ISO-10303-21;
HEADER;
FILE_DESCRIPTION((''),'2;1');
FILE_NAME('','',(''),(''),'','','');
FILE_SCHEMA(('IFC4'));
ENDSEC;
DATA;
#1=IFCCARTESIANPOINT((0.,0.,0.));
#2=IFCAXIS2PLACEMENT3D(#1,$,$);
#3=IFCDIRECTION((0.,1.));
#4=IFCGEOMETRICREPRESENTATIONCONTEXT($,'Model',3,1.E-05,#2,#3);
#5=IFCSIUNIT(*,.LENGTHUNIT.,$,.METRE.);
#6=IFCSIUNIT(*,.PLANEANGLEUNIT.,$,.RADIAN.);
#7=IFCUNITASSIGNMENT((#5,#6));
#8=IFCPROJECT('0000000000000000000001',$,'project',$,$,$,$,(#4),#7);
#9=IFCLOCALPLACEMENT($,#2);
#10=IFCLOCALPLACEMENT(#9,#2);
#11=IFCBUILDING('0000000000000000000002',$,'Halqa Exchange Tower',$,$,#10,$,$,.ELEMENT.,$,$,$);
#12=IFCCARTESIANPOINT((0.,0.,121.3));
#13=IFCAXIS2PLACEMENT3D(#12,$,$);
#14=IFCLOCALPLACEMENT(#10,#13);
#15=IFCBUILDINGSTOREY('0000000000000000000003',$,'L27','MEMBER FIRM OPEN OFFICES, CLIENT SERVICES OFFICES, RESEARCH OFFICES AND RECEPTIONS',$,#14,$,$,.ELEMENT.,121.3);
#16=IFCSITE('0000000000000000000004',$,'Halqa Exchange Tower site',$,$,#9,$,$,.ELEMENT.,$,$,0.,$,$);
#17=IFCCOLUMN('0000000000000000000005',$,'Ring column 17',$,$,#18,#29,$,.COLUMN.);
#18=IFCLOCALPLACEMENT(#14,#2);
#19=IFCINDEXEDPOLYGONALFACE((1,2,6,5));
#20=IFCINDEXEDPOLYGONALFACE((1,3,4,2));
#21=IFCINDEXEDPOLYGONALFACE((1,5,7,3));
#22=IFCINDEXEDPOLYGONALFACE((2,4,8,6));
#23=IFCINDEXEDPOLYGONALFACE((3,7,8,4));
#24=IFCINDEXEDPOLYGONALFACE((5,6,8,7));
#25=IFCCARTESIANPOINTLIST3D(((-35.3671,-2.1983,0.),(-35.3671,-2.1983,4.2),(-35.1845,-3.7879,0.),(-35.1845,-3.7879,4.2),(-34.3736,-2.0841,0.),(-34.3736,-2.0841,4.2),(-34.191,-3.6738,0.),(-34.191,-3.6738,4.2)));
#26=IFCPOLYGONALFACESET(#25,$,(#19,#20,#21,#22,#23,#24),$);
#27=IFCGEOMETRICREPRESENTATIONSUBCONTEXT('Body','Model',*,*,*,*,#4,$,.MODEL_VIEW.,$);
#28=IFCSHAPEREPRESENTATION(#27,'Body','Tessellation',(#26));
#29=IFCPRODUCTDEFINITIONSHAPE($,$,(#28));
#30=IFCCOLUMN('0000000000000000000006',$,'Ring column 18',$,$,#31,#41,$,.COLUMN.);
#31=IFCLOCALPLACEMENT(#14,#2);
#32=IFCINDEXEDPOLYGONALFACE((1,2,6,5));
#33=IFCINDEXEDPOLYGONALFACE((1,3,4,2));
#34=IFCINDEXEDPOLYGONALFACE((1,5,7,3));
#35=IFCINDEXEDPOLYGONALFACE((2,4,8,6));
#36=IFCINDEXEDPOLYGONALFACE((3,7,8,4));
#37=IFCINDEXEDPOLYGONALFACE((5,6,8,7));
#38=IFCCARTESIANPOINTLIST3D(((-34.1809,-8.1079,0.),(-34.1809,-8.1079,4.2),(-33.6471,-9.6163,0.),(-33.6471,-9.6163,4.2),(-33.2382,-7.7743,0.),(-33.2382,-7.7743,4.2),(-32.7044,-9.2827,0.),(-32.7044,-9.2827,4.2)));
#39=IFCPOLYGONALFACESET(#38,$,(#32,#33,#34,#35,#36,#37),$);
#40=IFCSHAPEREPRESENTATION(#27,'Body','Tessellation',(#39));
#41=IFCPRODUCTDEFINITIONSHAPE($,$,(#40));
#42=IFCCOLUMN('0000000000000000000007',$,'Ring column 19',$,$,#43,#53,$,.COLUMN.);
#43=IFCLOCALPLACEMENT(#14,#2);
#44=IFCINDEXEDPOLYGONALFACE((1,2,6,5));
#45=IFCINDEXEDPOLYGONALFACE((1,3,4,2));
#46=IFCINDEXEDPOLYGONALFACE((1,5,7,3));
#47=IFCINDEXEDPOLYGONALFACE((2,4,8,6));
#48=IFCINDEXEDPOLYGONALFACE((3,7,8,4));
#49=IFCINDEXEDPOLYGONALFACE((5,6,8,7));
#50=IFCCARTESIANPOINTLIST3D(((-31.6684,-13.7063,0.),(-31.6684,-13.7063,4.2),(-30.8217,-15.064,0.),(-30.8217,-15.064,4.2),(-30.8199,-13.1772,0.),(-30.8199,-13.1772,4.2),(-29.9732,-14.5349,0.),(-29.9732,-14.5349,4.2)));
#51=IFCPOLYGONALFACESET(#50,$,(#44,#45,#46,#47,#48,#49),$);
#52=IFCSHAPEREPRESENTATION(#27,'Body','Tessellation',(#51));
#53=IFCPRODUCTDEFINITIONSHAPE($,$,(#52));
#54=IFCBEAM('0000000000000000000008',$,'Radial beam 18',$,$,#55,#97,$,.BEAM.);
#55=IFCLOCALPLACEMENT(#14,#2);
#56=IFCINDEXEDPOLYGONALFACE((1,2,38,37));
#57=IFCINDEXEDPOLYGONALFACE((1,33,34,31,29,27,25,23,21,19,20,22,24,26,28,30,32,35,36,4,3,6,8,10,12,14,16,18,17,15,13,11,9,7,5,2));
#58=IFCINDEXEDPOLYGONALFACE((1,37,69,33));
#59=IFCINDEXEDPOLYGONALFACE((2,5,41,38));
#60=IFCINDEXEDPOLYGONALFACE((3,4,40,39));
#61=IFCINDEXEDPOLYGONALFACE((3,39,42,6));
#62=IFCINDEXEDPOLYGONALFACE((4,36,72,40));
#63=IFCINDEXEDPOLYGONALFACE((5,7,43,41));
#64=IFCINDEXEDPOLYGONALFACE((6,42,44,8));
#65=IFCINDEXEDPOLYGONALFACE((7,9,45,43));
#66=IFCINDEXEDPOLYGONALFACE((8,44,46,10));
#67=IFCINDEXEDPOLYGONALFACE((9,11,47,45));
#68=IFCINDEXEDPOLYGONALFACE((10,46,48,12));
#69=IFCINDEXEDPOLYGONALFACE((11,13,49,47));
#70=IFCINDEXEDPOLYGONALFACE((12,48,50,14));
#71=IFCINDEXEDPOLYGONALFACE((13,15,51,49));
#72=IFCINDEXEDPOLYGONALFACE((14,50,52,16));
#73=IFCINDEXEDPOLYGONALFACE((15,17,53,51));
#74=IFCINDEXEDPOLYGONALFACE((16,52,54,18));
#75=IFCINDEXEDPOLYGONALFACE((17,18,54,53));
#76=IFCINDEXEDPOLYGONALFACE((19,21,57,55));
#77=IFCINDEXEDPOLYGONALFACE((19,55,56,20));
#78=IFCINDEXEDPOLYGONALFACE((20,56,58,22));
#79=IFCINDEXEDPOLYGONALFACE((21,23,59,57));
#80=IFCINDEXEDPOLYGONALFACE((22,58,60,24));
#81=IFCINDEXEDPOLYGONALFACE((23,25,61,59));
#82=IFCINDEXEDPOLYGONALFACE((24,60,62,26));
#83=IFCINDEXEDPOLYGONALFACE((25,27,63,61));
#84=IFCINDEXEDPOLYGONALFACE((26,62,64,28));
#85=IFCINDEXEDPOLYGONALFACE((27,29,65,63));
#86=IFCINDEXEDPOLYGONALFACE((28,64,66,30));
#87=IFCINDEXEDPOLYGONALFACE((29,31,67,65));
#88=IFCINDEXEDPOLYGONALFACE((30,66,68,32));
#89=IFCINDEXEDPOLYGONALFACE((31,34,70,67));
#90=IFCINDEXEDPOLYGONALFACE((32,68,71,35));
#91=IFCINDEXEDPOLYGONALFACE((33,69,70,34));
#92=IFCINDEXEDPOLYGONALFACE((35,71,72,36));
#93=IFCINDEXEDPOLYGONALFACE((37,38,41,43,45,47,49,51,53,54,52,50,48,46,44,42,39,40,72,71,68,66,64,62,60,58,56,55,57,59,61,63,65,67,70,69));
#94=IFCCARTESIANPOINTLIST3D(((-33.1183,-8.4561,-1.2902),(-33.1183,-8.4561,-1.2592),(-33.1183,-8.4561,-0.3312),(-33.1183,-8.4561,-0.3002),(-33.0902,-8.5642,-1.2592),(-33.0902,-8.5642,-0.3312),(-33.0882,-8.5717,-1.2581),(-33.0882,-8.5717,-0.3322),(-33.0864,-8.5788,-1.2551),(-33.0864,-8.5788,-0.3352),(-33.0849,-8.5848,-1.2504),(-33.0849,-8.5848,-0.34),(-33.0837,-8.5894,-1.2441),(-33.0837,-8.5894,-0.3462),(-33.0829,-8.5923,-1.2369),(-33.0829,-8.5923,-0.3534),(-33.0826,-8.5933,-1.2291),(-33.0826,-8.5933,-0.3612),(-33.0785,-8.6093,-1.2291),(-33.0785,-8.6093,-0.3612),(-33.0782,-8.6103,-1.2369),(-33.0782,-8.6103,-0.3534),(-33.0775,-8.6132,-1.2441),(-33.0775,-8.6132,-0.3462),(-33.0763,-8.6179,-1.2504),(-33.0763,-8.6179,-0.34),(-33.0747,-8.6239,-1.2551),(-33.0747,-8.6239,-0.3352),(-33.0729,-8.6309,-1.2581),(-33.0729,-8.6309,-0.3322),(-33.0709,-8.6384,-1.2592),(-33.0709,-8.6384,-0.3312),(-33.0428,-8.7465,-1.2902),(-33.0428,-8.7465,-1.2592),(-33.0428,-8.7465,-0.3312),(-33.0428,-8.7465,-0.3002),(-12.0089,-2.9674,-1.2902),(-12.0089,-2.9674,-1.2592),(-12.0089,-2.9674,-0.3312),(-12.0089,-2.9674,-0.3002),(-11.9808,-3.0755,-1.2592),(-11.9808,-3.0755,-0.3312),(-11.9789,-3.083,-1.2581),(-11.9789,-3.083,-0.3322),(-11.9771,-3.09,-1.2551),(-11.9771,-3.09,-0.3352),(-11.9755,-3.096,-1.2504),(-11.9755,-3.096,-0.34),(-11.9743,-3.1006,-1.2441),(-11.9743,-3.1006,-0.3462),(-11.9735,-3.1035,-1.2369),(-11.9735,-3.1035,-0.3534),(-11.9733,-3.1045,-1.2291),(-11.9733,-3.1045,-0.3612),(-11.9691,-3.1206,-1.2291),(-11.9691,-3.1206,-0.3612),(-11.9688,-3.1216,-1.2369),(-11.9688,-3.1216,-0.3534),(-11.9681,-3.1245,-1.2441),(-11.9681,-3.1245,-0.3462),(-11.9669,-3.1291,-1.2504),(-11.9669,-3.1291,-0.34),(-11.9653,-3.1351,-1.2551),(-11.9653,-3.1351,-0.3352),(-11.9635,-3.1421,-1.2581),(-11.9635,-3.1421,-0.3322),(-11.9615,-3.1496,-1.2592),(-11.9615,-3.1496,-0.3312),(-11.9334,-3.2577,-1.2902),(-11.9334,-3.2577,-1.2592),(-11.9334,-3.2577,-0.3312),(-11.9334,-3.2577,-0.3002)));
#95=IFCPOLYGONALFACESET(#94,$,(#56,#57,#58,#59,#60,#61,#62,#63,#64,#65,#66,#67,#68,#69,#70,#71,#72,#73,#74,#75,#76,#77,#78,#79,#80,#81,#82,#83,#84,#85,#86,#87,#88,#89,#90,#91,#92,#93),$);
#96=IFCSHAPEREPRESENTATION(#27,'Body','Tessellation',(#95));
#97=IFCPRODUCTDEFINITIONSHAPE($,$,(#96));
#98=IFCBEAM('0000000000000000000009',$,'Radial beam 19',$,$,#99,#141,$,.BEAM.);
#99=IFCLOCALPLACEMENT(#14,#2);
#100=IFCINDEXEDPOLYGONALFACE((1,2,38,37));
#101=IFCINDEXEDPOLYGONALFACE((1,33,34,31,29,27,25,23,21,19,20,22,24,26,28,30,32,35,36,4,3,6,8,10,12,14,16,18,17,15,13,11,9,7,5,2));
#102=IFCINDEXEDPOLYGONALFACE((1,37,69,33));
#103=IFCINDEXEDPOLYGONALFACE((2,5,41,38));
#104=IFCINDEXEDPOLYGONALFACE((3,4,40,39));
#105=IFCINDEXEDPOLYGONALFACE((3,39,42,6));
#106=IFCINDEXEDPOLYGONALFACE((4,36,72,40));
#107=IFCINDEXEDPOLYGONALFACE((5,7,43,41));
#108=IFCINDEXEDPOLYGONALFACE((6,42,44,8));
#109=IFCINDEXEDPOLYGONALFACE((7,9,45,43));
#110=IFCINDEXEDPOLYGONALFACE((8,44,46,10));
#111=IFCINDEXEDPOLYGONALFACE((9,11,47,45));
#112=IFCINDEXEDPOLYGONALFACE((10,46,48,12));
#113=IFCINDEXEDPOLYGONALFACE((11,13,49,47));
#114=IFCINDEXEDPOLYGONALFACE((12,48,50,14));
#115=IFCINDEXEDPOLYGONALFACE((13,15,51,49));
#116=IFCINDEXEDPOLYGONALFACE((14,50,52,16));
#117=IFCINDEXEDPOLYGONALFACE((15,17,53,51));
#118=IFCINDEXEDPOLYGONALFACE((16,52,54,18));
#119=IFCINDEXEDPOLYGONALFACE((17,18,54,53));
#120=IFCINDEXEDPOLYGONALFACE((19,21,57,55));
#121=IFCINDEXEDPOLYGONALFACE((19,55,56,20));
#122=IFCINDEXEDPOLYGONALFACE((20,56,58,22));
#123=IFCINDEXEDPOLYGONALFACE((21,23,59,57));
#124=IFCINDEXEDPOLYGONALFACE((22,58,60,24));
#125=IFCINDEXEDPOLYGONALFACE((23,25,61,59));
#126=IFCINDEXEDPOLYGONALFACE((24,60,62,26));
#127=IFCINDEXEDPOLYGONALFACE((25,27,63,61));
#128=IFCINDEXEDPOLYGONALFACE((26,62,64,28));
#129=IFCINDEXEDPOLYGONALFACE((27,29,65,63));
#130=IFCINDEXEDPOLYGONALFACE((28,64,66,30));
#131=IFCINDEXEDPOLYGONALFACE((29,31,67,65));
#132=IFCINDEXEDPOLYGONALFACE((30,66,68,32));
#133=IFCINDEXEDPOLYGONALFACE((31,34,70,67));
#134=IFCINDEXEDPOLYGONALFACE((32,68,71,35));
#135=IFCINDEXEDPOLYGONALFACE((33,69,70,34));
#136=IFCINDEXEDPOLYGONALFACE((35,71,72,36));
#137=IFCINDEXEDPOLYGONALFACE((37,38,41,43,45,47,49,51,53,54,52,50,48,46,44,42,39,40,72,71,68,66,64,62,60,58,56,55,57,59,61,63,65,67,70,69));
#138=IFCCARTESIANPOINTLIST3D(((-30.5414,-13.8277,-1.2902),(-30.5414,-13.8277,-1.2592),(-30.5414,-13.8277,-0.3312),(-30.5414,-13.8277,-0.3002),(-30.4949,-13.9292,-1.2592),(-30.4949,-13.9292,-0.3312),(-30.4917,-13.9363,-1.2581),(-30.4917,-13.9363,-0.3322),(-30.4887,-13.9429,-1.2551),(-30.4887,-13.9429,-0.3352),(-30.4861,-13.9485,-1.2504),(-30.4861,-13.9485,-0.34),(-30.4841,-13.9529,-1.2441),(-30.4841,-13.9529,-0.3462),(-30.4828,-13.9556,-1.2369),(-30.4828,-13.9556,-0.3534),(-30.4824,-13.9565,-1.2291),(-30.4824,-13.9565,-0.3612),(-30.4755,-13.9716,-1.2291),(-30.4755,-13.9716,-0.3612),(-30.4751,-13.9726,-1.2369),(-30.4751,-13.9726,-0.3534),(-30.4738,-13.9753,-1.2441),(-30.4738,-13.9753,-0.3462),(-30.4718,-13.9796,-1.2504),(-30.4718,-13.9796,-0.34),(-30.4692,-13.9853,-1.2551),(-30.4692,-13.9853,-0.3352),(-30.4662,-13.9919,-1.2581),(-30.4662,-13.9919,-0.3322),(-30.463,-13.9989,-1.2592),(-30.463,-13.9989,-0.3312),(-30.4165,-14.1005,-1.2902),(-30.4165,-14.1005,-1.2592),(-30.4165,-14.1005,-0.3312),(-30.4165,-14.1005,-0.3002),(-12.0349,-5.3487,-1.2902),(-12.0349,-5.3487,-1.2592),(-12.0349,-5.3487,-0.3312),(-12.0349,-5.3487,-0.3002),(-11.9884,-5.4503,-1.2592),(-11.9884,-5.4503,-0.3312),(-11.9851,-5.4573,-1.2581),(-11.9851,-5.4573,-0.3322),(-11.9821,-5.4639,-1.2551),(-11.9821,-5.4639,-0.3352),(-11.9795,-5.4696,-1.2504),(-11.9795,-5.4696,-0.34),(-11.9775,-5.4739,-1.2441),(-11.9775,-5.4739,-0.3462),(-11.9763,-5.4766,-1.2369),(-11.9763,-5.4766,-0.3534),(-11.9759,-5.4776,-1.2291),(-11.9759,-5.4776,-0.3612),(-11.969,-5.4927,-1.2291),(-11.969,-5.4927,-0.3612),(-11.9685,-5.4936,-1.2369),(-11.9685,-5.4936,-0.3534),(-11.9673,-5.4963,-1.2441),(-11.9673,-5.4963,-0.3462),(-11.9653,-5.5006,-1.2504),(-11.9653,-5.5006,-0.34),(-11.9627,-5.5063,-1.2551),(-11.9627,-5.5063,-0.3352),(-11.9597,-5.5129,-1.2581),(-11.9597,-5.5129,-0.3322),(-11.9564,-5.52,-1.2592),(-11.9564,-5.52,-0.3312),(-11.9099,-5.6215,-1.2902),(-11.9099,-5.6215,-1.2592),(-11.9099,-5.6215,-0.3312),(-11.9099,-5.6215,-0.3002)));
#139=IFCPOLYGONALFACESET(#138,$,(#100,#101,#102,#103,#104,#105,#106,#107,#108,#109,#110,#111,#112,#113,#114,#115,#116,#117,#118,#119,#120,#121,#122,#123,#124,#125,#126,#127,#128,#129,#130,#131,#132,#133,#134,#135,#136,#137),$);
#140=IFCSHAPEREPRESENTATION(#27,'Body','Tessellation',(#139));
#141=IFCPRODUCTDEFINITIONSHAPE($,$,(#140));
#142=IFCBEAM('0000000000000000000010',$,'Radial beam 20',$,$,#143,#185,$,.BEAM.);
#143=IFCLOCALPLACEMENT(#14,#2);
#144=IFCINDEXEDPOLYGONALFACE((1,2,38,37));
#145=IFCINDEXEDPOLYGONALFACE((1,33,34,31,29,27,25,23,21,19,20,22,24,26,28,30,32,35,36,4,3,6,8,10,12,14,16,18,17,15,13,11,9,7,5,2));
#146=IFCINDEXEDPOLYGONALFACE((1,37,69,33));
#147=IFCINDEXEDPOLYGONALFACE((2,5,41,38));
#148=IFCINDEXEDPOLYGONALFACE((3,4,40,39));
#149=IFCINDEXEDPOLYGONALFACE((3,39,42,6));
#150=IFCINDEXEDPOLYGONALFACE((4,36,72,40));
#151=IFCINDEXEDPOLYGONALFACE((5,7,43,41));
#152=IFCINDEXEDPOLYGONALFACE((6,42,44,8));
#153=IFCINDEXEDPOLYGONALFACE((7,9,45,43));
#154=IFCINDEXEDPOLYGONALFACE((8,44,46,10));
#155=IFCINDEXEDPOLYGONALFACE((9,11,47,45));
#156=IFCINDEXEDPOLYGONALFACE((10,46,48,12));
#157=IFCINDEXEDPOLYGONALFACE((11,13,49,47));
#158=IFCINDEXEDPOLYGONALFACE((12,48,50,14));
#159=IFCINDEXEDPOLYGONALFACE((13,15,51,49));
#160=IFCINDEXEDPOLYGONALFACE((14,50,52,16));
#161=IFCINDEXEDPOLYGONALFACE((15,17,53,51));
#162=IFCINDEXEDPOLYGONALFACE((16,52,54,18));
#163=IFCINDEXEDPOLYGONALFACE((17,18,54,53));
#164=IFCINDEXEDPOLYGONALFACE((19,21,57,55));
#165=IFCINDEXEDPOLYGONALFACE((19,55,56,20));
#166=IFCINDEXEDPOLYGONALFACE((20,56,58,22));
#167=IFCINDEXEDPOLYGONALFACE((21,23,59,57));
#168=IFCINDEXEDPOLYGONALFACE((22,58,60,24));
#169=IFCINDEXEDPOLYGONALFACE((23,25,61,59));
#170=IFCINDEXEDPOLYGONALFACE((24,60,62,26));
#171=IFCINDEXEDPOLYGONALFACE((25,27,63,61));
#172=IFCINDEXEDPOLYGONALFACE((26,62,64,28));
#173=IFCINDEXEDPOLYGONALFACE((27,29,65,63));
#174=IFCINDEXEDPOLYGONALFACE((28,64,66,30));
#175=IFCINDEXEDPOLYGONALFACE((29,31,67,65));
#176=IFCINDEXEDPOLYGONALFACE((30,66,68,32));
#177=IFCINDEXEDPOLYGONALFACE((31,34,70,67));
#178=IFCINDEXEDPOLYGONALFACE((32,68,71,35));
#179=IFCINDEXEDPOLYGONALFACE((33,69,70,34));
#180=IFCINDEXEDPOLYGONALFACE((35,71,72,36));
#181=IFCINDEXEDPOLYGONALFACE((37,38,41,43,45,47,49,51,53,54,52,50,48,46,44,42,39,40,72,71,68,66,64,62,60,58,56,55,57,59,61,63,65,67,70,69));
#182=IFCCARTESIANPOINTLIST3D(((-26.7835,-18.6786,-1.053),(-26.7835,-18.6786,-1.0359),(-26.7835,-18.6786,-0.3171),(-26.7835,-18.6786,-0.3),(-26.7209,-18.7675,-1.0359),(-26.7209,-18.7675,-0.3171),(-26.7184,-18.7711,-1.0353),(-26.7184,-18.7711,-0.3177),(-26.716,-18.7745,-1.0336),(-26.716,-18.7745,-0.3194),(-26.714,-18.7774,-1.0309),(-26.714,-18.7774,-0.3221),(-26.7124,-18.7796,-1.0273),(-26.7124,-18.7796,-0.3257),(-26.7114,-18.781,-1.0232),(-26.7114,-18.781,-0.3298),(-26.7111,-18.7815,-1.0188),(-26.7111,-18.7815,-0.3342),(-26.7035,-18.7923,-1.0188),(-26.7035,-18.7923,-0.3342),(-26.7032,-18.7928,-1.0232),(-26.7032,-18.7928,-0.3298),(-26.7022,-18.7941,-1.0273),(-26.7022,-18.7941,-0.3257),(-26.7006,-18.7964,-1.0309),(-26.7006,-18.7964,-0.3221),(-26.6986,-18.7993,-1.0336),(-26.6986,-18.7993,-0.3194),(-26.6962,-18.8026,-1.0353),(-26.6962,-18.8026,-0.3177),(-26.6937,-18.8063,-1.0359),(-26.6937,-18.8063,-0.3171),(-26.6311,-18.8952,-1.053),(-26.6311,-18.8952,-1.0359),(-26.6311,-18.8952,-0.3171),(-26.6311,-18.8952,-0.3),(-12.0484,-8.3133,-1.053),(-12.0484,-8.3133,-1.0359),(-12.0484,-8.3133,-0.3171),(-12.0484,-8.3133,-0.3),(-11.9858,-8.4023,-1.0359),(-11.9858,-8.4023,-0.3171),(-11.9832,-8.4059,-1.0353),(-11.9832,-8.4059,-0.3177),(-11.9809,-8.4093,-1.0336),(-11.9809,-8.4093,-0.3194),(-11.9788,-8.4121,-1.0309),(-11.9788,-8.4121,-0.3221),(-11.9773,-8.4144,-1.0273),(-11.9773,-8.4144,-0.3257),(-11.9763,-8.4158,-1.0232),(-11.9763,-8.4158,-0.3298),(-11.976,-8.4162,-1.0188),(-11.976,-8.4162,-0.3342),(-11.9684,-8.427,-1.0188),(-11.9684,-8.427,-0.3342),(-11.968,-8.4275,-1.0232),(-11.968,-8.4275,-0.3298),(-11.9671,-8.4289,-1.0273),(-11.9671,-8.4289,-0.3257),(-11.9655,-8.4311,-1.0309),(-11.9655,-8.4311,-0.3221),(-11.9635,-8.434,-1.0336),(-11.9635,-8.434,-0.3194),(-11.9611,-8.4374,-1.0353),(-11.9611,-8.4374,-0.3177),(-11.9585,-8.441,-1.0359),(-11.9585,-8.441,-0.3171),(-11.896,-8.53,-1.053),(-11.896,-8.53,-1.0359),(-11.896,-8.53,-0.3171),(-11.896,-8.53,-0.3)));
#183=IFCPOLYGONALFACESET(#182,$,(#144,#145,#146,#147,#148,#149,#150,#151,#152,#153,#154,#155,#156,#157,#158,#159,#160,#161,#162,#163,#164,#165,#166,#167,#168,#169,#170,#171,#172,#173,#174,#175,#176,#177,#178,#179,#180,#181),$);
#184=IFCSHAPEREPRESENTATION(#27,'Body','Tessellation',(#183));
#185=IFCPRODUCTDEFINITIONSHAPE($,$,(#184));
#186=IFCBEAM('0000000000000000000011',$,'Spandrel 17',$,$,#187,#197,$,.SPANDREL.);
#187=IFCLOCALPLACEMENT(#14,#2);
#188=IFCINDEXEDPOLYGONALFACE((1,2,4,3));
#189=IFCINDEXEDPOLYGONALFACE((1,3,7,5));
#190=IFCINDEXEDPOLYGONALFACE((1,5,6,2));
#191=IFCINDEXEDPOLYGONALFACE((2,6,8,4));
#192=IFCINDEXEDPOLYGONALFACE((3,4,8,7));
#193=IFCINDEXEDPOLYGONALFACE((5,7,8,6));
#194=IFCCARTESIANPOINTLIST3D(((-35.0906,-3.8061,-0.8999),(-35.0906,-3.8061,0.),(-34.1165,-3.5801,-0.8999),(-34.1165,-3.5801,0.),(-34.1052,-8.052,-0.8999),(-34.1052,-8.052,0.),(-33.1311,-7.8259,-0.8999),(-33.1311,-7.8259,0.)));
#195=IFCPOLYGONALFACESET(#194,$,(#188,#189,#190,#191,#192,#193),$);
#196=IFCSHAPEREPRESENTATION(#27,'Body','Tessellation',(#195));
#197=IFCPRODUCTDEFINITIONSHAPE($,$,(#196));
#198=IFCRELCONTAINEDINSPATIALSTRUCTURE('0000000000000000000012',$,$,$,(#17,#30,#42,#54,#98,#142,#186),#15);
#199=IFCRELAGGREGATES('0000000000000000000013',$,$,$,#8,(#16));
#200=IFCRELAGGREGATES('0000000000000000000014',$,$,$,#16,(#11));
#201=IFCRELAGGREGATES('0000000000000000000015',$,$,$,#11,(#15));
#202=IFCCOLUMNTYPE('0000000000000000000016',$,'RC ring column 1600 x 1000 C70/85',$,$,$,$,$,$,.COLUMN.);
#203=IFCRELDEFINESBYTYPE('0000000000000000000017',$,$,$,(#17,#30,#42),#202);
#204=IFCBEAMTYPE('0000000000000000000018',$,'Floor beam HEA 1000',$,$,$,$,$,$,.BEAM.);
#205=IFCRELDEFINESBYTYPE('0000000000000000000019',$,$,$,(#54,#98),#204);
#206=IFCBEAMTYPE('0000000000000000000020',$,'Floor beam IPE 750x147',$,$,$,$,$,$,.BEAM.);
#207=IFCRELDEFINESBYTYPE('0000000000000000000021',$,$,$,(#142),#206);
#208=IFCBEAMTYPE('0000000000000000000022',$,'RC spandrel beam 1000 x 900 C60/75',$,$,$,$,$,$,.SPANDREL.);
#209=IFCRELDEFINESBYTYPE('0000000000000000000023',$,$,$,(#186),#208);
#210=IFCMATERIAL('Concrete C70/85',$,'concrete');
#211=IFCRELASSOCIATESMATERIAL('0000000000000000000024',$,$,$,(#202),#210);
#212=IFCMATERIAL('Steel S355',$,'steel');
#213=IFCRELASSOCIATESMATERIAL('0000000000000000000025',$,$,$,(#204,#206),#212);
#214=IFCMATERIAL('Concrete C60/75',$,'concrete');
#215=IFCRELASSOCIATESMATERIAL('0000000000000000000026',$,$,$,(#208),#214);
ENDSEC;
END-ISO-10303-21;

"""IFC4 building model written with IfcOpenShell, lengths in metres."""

from ifc_helpers import new_model, si_unit, direction, frame, origin, origin_2d, place, context, subcontext, project, spatial, rectangle, i_section, extrude, material, material_profile, profile_set, type_object, element, save


model = new_model("IFC4")

# Units and contexts
model_context = context("Model", 3, precision=1e-05, world=origin(), true_north=direction((0.0, 1.0)))
body_context = subcontext(model_context, "Body", "Model", "MODEL_VIEW")
ifc_project = project(units=[si_unit("LENGTHUNIT", "METRE"), si_unit("PLANEANGLEUNIT", "RADIAN")], contexts=[model_context])

# Site, building, storey
site_placement = place(None, origin())
site = spatial("IfcSite", under=ifc_project, at=site_placement, Name="Halqa Exchange Tower site", CompositionType="ELEMENT", RefElevation=0.0)
building_placement = place(site_placement, origin())
building = spatial("IfcBuilding", under=site, at=building_placement, Name="Halqa Exchange Tower", CompositionType="ELEMENT")
storey_placement = place(building_placement, frame((0.0, 0.0, 121.3)))
storey = spatial("IfcBuildingStorey", under=building, at=storey_placement, Name="L27", Description="MEMBER FIRM OPEN OFFICES, CLIENT SERVICES OFFICES, RESEARCH OFFICES AND RECEPTIONS", CompositionType="ELEMENT", Elevation=121.3)

# Columns
ifc_material_1 = material(Name="Concrete C70/85", Category="concrete")
ifc_material_profile_1 = material_profile(ifc_material_1, rectangle(XDim=1.6001, YDim=1.0, at=origin_2d()), Name="1600 x 1000")
ifc_profile_set_1 = profile_set([ifc_material_profile_1], Name="Concrete C70/85")
column_type = type_object("IfcColumnType", Name="RC ring column 1600 x 1000 C70/85", PredefinedType="COLUMN", material=ifc_profile_set_1)
for number, where, z_axis, x_axis, name in (
    (1, (-34.7791, -2.936, 0.0), (0.0, 0.0, 1.0), (0.114152, -0.993463, 0.0), "Ring column 17"),
    (2, (-33.4426, -8.6953, 0.0), (0.0, 0.0, 1.0), (0.333624, -0.942706, 0.0), "Ring column 18"),
    (3, (-30.8208, -14.1206, 0.0), (0.0, 0.0, 1.0), (0.529142, -0.848533, 0.0), "Ring column 19"),
):
    element("IfcColumn", number, at=place(storey_placement, frame(where, z_axis=z_axis, x_axis=x_axis)), inside=storey, type_object=column_type, Name=name, PredefinedType="COLUMN", context=body_context, shape_type="SweptSolid", body=[
        extrude(rectangle(XDim=1.6001, YDim=1.0, at=origin_2d()), origin(), (0.0, 0.0, 1.0), 4.2),
    ])

# Beams
ifc_material_2 = material(Name="Steel S355", Category="steel")
ifc_material_profile_2 = material_profile(ifc_material_2, i_section(OverallWidth=0.3, OverallDepth=0.99, WebThickness=0.0166, FlangeThickness=0.031, FilletRadius=0.03, at=origin_2d()), Name="HEA 1000")
ifc_profile_set_2 = profile_set([ifc_material_profile_2], Name="Steel S355")
beam_type_1 = type_object("IfcBeamType", Name="Floor beam HEA 1000", PredefinedType="BEAM", material=ifc_profile_set_2)
beam_1_placement = place(storey_placement, frame((-11.9712, -3.1125, -0.7952), z_axis=(-0.967819, -0.251648, 0.0), x_axis=(0.251648, -0.967819, 0.0)))
element("IfcBeam", 4, at=beam_1_placement, inside=storey, type_object=beam_type_1, Name="Radial beam 18", PredefinedType="BEAM", context=body_context, shape_type="SweptSolid", body=[
    extrude(i_section(OverallWidth=0.3, OverallDepth=0.99, WebThickness=0.0166, FlangeThickness=0.031, FilletRadius=0.03, at=origin_2d()), origin(), (0.0, 0.0, 1.0), 21.8113),
])
beam_2_placement = place(storey_placement, frame((-11.9724, -5.4851, -0.7952), z_axis=(-0.909124, -0.416525, 0.0), x_axis=(0.416525, -0.909124, 0.0)))
element("IfcBeam", 5, at=beam_2_placement, inside=storey, type_object=beam_type_1, Name="Radial beam 19", PredefinedType="BEAM", context=body_context, shape_type="SweptSolid", body=[
    extrude(i_section(OverallWidth=0.3, OverallDepth=0.99, WebThickness=0.0166, FlangeThickness=0.031, FilletRadius=0.03, at=origin_2d()), origin(), (0.0, 0.0, 1.0), 20.3564),
])
ifc_material_profile_3 = material_profile(ifc_material_2, i_section(OverallWidth=0.2649, OverallDepth=0.7529, WebThickness=0.0132, FlangeThickness=0.0171, FilletRadius=0.0171, at=origin_2d()), Name="IPE 750x147")
ifc_profile_set_3 = profile_set([ifc_material_profile_3], Name="Steel S355")
beam_type_2 = type_object("IfcBeamType", Name="Floor beam IPE 750x147", PredefinedType="BEAM", material=ifc_profile_set_3)
beam_3_placement = place(storey_placement, frame((-11.9722, -8.4216, -0.6765), z_axis=(-0.817909, -0.575348, 0.0), x_axis=(0.575348, -0.817909, 0.0)))
element("IfcBeam", 6, at=beam_3_placement, inside=storey, type_object=beam_type_2, Name="Radial beam 20", PredefinedType="BEAM", context=body_context, shape_type="SweptSolid", body=[
    extrude(i_section(OverallWidth=0.2649, OverallDepth=0.7529, WebThickness=0.0132, FlangeThickness=0.0171, FilletRadius=0.0171, at=origin_2d()), origin(), (0.0, 0.0, 1.0), 18.0156),
])
ifc_material_3 = material(Name="Concrete C60/75", Category="concrete")
ifc_material_profile_4 = material_profile(ifc_material_3, rectangle(XDim=1.0, YDim=0.8999, at=origin_2d()), Name="1000 x 900")
ifc_profile_set_4 = profile_set([ifc_material_profile_4], Name="Concrete C60/75")
beam_type_3 = type_object("IfcBeamType", Name="RC spandrel beam 1000 x 900 C60/75", PredefinedType="SPANDREL", material=ifc_profile_set_4)
beam_4_placement = place(storey_placement, frame((-34.6035, -3.6931, -0.45), z_axis=(0.226066, -0.974112, 0.0), x_axis=(0.974112, 0.226066, 0.0)))
element("IfcBeam", 7, at=beam_4_placement, inside=storey, type_object=beam_type_3, Name="Spandrel 17", PredefinedType="SPANDREL", context=body_context, shape_type="SweptSolid", body=[
    extrude(rectangle(XDim=1.0, YDim=0.8999, at=origin_2d()), origin(), (0.0, 0.0, 1.0), 4.3586),
])

save(model, "model.ifc")
